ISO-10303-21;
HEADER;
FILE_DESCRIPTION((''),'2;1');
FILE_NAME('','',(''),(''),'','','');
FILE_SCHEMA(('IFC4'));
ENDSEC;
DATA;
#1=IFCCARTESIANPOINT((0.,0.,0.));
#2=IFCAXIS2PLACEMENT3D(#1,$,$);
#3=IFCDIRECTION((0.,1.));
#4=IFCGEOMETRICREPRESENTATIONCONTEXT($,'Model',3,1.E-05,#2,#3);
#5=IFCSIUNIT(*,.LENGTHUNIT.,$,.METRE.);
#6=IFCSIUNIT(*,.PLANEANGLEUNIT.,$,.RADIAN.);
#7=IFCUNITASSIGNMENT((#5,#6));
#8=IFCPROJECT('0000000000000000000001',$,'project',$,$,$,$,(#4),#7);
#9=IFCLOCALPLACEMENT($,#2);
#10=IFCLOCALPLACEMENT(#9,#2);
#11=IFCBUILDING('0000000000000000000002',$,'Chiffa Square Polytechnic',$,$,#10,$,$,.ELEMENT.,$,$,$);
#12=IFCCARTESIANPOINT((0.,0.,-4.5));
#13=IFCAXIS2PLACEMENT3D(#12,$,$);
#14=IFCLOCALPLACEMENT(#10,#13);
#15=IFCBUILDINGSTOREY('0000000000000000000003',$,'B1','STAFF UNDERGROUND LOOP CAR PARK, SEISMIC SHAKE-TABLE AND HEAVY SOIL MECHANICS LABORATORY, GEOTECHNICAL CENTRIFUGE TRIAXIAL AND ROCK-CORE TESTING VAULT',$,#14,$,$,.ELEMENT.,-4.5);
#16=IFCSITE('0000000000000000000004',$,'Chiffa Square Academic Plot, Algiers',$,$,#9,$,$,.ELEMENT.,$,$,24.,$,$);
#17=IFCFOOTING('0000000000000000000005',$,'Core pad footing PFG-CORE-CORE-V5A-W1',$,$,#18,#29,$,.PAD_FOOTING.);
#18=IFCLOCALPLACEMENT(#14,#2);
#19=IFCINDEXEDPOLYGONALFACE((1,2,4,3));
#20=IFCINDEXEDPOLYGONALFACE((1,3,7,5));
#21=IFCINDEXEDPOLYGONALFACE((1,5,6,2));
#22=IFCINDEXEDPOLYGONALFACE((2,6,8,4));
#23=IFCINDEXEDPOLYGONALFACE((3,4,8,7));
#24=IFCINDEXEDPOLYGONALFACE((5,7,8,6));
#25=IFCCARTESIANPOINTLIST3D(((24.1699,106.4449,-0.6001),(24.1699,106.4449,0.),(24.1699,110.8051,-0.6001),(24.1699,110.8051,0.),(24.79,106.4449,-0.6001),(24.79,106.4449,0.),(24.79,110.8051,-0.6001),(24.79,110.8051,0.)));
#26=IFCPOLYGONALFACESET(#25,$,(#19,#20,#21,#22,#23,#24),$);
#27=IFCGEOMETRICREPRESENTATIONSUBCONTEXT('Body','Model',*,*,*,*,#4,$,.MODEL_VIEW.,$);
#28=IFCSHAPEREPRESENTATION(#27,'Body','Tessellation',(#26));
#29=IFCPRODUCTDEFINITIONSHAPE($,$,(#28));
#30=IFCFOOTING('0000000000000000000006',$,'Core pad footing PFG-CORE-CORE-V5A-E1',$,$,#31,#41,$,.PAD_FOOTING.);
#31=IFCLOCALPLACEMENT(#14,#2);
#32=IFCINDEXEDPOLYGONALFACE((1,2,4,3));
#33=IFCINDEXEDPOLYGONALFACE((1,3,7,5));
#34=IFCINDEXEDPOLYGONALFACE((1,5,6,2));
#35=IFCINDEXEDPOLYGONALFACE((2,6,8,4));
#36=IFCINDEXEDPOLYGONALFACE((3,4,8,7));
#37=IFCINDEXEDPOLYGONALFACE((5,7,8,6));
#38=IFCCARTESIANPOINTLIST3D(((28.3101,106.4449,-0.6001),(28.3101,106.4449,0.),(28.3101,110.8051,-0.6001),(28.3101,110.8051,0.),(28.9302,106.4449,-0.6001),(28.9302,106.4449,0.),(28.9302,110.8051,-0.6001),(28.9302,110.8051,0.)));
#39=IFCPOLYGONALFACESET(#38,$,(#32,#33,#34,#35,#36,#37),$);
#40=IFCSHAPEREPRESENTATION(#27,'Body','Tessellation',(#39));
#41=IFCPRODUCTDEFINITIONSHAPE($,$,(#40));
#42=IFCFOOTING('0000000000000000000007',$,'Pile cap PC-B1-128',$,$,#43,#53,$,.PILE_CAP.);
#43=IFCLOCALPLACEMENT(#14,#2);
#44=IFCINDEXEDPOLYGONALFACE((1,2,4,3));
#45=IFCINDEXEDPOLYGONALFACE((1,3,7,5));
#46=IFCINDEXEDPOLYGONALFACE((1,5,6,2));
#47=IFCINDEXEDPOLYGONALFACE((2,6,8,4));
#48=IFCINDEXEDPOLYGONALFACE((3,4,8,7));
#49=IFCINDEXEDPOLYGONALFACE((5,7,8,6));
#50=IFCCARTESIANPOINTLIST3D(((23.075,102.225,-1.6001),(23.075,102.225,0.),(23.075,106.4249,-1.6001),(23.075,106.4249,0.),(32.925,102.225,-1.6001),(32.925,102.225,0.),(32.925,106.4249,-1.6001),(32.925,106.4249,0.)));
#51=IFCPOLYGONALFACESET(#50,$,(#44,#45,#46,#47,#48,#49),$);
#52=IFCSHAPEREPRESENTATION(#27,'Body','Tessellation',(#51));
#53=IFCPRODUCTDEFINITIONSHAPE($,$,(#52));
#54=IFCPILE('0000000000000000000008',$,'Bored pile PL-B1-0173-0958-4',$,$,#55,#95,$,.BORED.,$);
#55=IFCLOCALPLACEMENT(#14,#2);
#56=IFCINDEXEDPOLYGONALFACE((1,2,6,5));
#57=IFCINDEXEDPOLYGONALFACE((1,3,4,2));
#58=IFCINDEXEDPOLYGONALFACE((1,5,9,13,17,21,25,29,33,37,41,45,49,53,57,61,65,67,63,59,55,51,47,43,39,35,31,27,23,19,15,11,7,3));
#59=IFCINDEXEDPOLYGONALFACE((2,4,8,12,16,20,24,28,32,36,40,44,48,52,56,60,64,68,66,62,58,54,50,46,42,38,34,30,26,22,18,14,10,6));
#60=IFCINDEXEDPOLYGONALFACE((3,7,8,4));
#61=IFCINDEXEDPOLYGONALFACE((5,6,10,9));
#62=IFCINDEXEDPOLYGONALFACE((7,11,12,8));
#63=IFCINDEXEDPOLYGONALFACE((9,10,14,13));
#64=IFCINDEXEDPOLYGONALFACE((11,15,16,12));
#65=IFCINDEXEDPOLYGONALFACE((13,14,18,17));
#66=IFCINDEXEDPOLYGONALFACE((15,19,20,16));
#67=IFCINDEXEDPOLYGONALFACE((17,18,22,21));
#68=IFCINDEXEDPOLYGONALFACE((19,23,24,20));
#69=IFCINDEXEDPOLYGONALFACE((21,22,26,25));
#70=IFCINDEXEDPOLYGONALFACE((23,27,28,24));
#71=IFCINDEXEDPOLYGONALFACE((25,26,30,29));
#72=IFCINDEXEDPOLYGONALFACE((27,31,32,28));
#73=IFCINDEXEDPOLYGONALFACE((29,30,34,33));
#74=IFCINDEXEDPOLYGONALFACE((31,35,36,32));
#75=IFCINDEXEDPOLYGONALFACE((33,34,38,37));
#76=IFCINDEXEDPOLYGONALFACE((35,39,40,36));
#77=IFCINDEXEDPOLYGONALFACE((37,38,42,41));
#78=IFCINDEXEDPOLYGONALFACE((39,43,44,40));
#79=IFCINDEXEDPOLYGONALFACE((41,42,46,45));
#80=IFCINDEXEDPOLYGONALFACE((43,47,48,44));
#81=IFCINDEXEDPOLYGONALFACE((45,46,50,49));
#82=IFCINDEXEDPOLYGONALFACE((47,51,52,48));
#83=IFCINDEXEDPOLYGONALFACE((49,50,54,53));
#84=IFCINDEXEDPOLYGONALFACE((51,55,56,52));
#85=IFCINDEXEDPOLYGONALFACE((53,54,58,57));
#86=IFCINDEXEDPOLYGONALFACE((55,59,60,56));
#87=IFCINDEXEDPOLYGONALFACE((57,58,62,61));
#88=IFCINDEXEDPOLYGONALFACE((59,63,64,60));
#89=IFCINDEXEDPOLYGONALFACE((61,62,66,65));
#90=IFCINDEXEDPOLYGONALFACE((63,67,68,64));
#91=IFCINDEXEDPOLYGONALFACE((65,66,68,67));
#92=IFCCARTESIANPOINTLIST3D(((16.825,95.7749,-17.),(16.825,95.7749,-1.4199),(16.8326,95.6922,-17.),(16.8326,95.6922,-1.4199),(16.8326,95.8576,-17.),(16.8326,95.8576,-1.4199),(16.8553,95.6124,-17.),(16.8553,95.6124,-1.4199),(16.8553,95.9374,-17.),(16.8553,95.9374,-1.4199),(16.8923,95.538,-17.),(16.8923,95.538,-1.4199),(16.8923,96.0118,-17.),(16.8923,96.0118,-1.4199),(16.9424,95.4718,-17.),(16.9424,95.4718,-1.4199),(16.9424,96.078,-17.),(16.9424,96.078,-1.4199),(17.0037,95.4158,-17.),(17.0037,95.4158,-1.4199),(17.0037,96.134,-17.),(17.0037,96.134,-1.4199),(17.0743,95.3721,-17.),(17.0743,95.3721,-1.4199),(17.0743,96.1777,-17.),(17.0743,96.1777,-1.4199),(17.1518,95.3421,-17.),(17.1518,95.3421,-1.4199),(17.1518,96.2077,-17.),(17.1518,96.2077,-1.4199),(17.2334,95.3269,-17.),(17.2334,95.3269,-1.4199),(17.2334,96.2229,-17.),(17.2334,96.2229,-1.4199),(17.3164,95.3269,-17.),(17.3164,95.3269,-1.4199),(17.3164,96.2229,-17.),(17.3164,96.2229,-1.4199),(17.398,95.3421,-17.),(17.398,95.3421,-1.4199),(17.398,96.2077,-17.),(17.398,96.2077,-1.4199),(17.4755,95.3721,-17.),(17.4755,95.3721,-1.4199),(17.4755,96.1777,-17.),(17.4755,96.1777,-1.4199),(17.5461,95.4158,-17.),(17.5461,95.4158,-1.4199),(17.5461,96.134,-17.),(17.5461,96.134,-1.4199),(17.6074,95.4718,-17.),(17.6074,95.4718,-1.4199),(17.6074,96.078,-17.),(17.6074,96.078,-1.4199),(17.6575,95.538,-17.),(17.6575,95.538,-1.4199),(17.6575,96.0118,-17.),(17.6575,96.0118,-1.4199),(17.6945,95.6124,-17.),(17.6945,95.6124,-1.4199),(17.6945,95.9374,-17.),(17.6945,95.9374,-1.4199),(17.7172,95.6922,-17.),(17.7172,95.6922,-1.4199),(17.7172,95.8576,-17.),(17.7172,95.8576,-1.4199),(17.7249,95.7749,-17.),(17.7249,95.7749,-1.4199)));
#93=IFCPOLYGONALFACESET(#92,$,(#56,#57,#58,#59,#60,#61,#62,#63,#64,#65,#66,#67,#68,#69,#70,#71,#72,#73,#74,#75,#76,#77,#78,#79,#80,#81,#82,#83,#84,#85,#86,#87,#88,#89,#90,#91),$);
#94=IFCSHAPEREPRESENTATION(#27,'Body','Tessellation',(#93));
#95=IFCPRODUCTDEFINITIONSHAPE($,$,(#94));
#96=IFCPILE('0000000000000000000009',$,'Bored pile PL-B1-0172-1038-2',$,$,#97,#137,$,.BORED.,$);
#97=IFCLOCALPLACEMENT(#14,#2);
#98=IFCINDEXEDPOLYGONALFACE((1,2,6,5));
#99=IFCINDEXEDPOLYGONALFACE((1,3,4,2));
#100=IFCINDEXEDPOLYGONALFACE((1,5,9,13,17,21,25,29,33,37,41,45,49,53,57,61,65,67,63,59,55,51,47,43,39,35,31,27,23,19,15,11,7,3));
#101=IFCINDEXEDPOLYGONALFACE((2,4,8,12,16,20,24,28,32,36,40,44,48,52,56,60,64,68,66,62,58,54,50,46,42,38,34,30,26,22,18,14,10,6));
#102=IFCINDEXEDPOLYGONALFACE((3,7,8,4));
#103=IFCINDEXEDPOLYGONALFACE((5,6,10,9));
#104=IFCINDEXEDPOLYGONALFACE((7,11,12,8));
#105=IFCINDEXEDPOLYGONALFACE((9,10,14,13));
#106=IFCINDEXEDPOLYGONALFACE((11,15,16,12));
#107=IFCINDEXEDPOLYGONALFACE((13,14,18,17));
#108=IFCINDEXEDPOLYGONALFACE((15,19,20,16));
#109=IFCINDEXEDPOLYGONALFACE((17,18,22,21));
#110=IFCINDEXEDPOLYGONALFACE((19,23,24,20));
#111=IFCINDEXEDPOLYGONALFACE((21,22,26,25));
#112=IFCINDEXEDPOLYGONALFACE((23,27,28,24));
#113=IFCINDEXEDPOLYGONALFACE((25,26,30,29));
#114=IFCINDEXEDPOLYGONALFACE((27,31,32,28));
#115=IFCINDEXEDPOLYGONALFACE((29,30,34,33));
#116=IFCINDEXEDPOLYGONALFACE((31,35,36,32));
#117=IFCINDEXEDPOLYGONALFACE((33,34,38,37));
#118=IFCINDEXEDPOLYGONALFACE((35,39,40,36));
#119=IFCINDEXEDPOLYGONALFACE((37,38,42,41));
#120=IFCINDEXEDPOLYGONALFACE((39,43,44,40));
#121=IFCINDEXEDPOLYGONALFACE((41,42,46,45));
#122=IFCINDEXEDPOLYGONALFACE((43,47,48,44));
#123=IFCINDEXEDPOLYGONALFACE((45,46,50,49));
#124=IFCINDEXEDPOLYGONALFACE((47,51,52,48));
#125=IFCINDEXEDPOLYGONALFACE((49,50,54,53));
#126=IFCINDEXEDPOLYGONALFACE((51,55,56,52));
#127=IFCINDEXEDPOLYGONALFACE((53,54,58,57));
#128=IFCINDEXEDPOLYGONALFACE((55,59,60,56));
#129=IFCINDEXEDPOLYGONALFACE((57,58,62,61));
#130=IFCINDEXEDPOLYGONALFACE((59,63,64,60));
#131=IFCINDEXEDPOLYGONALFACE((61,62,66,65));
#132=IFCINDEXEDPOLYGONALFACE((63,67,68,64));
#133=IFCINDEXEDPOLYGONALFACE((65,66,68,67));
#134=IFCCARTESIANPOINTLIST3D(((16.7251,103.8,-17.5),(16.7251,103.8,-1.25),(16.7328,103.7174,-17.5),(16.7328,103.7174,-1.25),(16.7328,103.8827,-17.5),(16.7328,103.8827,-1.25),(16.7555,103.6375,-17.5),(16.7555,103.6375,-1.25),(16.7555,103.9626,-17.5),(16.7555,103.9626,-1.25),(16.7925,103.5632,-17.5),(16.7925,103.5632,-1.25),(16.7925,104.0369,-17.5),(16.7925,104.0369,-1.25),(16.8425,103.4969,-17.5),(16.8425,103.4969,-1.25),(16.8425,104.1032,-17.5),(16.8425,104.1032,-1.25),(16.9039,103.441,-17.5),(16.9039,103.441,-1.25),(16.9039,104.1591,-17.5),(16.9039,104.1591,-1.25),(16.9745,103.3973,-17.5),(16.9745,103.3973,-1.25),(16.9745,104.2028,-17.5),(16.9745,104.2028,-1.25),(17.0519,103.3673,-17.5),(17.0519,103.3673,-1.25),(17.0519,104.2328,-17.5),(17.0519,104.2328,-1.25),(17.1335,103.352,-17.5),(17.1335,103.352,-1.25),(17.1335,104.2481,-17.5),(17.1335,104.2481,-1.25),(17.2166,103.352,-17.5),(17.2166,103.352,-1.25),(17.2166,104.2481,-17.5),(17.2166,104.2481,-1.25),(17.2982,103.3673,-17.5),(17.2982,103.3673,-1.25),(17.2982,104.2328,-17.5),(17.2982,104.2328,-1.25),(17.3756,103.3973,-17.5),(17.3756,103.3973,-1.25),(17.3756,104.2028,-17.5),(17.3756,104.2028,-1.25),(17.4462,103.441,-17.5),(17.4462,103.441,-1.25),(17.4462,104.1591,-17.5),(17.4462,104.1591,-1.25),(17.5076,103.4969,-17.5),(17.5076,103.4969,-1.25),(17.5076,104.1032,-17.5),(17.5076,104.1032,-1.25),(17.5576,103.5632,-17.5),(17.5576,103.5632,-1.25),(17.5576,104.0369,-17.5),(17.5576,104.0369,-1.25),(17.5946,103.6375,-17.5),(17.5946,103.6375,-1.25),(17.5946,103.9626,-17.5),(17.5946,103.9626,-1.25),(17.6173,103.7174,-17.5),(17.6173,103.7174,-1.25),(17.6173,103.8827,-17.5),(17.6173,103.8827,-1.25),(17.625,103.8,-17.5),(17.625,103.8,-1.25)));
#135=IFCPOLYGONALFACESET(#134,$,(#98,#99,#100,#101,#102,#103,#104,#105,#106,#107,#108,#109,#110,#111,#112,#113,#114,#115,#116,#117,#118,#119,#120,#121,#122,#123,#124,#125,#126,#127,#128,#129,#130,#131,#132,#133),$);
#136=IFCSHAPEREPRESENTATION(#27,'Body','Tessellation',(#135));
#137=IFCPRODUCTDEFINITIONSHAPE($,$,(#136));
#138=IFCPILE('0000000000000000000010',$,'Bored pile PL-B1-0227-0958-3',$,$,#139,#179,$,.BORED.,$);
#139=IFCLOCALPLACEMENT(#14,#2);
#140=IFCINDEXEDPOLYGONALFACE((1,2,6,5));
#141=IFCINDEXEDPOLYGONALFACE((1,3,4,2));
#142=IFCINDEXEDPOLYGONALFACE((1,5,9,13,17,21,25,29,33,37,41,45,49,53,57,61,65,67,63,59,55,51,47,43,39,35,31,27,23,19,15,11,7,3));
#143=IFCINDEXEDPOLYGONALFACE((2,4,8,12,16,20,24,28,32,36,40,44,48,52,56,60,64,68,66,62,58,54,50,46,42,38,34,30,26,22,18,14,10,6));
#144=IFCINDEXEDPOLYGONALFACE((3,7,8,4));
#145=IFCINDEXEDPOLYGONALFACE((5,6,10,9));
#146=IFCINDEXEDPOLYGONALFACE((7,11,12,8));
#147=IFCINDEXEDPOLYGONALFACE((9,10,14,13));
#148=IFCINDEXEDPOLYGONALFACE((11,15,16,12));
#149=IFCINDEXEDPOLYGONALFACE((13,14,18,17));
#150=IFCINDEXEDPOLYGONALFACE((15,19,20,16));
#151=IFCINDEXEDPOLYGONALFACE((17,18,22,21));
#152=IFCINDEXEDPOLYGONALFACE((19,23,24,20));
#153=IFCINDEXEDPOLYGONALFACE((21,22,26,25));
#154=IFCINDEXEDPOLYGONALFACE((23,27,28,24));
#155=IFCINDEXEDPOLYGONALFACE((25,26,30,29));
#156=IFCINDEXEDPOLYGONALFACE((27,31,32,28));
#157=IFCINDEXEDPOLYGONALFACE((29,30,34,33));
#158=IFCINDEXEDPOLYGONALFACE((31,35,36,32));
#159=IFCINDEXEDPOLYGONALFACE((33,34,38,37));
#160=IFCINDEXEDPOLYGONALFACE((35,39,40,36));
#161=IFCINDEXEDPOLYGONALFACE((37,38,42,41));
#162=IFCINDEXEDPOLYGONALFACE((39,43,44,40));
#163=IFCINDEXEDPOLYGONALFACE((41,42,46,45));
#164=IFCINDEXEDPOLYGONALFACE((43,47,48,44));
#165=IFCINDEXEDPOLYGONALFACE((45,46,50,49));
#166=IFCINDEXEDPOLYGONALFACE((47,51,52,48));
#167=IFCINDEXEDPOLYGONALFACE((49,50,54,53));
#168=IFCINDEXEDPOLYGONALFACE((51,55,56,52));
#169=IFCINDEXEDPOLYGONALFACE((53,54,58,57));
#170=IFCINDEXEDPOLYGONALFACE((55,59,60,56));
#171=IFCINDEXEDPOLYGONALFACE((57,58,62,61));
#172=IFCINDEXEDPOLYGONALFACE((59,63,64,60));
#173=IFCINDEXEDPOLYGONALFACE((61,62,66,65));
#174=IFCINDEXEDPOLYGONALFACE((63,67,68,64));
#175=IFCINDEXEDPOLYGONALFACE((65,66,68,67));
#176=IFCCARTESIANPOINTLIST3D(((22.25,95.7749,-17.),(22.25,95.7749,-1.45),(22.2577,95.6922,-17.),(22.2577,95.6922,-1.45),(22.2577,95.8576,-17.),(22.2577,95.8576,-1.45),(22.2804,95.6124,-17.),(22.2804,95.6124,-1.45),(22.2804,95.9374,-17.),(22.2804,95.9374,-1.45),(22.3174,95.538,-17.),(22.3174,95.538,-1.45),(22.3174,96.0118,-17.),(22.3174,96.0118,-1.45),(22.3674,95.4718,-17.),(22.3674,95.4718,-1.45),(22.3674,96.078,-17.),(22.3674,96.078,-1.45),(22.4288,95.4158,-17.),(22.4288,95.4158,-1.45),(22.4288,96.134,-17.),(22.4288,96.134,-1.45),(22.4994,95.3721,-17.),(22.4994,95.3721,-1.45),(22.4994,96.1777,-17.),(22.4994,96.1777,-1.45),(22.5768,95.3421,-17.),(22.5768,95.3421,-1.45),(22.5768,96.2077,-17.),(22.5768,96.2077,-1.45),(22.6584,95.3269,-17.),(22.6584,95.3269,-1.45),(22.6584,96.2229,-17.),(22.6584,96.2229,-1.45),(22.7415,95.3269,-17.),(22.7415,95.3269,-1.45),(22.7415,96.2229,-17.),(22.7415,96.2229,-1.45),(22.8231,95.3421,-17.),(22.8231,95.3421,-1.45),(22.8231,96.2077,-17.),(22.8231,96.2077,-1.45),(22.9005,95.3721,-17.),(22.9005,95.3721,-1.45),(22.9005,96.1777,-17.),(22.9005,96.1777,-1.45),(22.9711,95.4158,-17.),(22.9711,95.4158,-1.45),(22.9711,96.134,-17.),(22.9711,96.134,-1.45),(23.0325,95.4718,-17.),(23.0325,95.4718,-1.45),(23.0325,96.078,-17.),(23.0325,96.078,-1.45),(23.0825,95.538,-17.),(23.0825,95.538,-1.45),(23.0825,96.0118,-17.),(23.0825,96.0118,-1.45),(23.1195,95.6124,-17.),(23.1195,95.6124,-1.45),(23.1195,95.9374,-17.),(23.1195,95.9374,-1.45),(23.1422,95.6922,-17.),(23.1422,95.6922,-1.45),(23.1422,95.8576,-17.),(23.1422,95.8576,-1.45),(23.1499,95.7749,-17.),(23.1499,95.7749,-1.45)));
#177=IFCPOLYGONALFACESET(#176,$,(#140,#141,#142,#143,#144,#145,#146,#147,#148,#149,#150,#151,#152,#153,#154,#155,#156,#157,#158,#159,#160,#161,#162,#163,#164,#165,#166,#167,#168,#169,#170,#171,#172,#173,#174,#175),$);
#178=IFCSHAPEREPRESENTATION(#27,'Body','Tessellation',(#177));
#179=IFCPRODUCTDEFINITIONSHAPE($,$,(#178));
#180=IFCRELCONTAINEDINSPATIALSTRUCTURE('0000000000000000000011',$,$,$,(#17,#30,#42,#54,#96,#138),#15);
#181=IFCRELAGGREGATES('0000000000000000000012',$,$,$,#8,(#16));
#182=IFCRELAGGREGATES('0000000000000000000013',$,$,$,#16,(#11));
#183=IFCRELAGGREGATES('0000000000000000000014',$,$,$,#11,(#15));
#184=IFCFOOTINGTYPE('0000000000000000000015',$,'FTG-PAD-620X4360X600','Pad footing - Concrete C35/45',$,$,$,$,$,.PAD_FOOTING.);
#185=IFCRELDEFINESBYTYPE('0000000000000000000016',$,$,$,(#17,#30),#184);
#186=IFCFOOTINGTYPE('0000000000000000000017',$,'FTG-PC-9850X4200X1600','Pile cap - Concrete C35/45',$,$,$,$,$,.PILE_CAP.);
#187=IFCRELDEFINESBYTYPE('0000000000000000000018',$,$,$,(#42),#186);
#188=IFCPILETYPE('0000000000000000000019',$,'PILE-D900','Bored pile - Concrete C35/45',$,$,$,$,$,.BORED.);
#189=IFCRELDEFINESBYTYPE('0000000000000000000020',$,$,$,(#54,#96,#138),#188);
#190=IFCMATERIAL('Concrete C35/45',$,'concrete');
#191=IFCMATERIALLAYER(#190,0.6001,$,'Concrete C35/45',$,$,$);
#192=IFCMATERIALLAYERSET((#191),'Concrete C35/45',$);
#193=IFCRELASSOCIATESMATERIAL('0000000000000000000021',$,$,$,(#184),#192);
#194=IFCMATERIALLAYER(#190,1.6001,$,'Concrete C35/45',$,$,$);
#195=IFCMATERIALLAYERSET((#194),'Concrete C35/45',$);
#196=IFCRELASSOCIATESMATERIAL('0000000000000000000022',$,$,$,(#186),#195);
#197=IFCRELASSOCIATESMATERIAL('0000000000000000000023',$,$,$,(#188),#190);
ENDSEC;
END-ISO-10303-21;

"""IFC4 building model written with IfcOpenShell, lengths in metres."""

from ifc_helpers import new_model, si_unit, direction, frame, origin, origin_2d, place, context, subcontext, project, spatial, rectangle, circle, extrude, material, layer, layer_set, material_profile, profile_set, type_object, element, save


model = new_model("IFC4")

# Units and contexts
model_context = context("Model", 3, precision=1e-05, world=origin(), true_north=direction((0.0, 1.0)))
body_context = subcontext(model_context, "Body", "Model", "MODEL_VIEW")
ifc_project = project(units=[si_unit("LENGTHUNIT", "METRE"), si_unit("PLANEANGLEUNIT", "RADIAN")], contexts=[model_context])

# Site, building, storey
site_placement = place(None, origin())
site = spatial("IfcSite", under=ifc_project, at=site_placement, Name="Chiffa Square Academic Plot, Algiers", CompositionType="ELEMENT", RefElevation=24.0)
building_placement = place(site_placement, origin())
building = spatial("IfcBuilding", under=site, at=building_placement, Name="Chiffa Square Polytechnic", CompositionType="ELEMENT")
storey_placement = place(building_placement, frame((0.0, 0.0, -4.5)))
storey = spatial("IfcBuildingStorey", under=building, at=storey_placement, Name="B1", Description="STAFF UNDERGROUND LOOP CAR PARK, SEISMIC SHAKE-TABLE AND HEAVY SOIL MECHANICS LABORATORY, GEOTECHNICAL CENTRIFUGE TRIAXIAL AND ROCK-CORE TESTING VAULT", CompositionType="ELEMENT", Elevation=-4.5)

# Footings
ifc_material_1 = material(Name="Concrete C35/45", Category="concrete")
ifc_layer_1 = layer(ifc_material_1, 0.6001, Name="Concrete C35/45")
ifc_layer_set_1 = layer_set([ifc_layer_1], Name="Concrete C35/45")
footing_type_1 = type_object("IfcFootingType", Name="FTG-PAD-620X4360X600", Description="Pad footing - Concrete C35/45", PredefinedType="PAD_FOOTING", material=ifc_layer_set_1)
for number, where, z_axis, x_axis, name in (
    (1, (24.48, 108.625, -0.6001), (0.0, 0.0, 1.0), (1.0, 0.0, 0.0), "Core pad footing PFG-CORE-CORE-V5A-W1"),
    (2, (28.6201, 108.625, -0.6001), (0.0, 0.0, 1.0), (1.0, 0.0, 0.0), "Core pad footing PFG-CORE-CORE-V5A-E1"),
):
    element("IfcFooting", number, at=place(storey_placement, frame(where, z_axis=z_axis, x_axis=x_axis)), inside=storey, type_object=footing_type_1, Name=name, PredefinedType="PAD_FOOTING", context=body_context, shape_type="SweptSolid", body=[
        extrude(rectangle(XDim=0.6201, YDim=4.3601, at=origin_2d()), origin(), (0.0, 0.0, 1.0), 0.6001),
    ])
ifc_layer_2 = layer(ifc_material_1, 1.6001, Name="Concrete C35/45")
ifc_layer_set_2 = layer_set([ifc_layer_2], Name="Concrete C35/45")
footing_type_2 = type_object("IfcFootingType", Name="FTG-PC-9850X4200X1600", Description="Pile cap - Concrete C35/45", PredefinedType="PILE_CAP", material=ifc_layer_set_2)
footing_placement = place(storey_placement, frame((28.0, 104.325, -1.6001), z_axis=(0.0, 0.0, 1.0), x_axis=(1.0, 0.0, 0.0)))
element("IfcFooting", 3, at=footing_placement, inside=storey, type_object=footing_type_2, Name="Pile cap PC-B1-128", PredefinedType="PILE_CAP", context=body_context, shape_type="SweptSolid", body=[
    extrude(rectangle(XDim=9.8501, YDim=4.2, at=origin_2d()), origin(), (0.0, 0.0, 1.0), 1.6001),
])

# Piles
ifc_material_profile_1 = material_profile(ifc_material_1, circle(Radius=0.45, at=origin_2d()), Name="PILE D900")
ifc_profile_set_1 = profile_set([ifc_material_profile_1], Name="Concrete C35/45")
pile_type = type_object("IfcPileType", Name="PILE-D900", Description="Bored pile - Concrete C35/45", PredefinedType="BORED", material=ifc_profile_set_1)
pile_1_placement = place(storey_placement, frame((17.2749, 95.7749, -1.4199), z_axis=(0.0, 0.0, -1.0), x_axis=(1.0, 0.0, 0.0)))
element("IfcPile", 4, at=pile_1_placement, inside=storey, type_object=pile_type, Name="Bored pile PL-B1-0173-0958-4", PredefinedType="BORED", context=body_context, shape_type="SweptSolid", body=[
    extrude(circle(Radius=0.45, at=origin_2d()), origin(), (0.0, 0.0, 1.0), 15.5801),
])
pile_2_placement = place(storey_placement, frame((17.175, 103.8, -1.25), z_axis=(0.0, 0.0, -1.0), x_axis=(1.0, 0.0, 0.0)))
element("IfcPile", 5, at=pile_2_placement, inside=storey, type_object=pile_type, Name="Bored pile PL-B1-0172-1038-2", PredefinedType="BORED", context=body_context, shape_type="SweptSolid", body=[
    extrude(circle(Radius=0.45, at=origin_2d()), origin(), (0.0, 0.0, 1.0), 16.25),
])
for number, where, z_axis, x_axis, name in (
    (6, (22.7, 95.7749, -1.45), (0.0, 0.0, -1.0), (1.0, 0.0, 0.0), "Bored pile PL-B1-0227-0958-3"),
):
    element("IfcPile", number, at=place(storey_placement, frame(where, z_axis=z_axis, x_axis=x_axis)), inside=storey, type_object=pile_type, Name=name, PredefinedType="BORED", context=body_context, shape_type="SweptSolid", body=[
        extrude(circle(Radius=0.45, at=origin_2d()), origin(), (0.0, 0.0, 1.0), 15.55),
    ])

save(model, "model.ifc")
